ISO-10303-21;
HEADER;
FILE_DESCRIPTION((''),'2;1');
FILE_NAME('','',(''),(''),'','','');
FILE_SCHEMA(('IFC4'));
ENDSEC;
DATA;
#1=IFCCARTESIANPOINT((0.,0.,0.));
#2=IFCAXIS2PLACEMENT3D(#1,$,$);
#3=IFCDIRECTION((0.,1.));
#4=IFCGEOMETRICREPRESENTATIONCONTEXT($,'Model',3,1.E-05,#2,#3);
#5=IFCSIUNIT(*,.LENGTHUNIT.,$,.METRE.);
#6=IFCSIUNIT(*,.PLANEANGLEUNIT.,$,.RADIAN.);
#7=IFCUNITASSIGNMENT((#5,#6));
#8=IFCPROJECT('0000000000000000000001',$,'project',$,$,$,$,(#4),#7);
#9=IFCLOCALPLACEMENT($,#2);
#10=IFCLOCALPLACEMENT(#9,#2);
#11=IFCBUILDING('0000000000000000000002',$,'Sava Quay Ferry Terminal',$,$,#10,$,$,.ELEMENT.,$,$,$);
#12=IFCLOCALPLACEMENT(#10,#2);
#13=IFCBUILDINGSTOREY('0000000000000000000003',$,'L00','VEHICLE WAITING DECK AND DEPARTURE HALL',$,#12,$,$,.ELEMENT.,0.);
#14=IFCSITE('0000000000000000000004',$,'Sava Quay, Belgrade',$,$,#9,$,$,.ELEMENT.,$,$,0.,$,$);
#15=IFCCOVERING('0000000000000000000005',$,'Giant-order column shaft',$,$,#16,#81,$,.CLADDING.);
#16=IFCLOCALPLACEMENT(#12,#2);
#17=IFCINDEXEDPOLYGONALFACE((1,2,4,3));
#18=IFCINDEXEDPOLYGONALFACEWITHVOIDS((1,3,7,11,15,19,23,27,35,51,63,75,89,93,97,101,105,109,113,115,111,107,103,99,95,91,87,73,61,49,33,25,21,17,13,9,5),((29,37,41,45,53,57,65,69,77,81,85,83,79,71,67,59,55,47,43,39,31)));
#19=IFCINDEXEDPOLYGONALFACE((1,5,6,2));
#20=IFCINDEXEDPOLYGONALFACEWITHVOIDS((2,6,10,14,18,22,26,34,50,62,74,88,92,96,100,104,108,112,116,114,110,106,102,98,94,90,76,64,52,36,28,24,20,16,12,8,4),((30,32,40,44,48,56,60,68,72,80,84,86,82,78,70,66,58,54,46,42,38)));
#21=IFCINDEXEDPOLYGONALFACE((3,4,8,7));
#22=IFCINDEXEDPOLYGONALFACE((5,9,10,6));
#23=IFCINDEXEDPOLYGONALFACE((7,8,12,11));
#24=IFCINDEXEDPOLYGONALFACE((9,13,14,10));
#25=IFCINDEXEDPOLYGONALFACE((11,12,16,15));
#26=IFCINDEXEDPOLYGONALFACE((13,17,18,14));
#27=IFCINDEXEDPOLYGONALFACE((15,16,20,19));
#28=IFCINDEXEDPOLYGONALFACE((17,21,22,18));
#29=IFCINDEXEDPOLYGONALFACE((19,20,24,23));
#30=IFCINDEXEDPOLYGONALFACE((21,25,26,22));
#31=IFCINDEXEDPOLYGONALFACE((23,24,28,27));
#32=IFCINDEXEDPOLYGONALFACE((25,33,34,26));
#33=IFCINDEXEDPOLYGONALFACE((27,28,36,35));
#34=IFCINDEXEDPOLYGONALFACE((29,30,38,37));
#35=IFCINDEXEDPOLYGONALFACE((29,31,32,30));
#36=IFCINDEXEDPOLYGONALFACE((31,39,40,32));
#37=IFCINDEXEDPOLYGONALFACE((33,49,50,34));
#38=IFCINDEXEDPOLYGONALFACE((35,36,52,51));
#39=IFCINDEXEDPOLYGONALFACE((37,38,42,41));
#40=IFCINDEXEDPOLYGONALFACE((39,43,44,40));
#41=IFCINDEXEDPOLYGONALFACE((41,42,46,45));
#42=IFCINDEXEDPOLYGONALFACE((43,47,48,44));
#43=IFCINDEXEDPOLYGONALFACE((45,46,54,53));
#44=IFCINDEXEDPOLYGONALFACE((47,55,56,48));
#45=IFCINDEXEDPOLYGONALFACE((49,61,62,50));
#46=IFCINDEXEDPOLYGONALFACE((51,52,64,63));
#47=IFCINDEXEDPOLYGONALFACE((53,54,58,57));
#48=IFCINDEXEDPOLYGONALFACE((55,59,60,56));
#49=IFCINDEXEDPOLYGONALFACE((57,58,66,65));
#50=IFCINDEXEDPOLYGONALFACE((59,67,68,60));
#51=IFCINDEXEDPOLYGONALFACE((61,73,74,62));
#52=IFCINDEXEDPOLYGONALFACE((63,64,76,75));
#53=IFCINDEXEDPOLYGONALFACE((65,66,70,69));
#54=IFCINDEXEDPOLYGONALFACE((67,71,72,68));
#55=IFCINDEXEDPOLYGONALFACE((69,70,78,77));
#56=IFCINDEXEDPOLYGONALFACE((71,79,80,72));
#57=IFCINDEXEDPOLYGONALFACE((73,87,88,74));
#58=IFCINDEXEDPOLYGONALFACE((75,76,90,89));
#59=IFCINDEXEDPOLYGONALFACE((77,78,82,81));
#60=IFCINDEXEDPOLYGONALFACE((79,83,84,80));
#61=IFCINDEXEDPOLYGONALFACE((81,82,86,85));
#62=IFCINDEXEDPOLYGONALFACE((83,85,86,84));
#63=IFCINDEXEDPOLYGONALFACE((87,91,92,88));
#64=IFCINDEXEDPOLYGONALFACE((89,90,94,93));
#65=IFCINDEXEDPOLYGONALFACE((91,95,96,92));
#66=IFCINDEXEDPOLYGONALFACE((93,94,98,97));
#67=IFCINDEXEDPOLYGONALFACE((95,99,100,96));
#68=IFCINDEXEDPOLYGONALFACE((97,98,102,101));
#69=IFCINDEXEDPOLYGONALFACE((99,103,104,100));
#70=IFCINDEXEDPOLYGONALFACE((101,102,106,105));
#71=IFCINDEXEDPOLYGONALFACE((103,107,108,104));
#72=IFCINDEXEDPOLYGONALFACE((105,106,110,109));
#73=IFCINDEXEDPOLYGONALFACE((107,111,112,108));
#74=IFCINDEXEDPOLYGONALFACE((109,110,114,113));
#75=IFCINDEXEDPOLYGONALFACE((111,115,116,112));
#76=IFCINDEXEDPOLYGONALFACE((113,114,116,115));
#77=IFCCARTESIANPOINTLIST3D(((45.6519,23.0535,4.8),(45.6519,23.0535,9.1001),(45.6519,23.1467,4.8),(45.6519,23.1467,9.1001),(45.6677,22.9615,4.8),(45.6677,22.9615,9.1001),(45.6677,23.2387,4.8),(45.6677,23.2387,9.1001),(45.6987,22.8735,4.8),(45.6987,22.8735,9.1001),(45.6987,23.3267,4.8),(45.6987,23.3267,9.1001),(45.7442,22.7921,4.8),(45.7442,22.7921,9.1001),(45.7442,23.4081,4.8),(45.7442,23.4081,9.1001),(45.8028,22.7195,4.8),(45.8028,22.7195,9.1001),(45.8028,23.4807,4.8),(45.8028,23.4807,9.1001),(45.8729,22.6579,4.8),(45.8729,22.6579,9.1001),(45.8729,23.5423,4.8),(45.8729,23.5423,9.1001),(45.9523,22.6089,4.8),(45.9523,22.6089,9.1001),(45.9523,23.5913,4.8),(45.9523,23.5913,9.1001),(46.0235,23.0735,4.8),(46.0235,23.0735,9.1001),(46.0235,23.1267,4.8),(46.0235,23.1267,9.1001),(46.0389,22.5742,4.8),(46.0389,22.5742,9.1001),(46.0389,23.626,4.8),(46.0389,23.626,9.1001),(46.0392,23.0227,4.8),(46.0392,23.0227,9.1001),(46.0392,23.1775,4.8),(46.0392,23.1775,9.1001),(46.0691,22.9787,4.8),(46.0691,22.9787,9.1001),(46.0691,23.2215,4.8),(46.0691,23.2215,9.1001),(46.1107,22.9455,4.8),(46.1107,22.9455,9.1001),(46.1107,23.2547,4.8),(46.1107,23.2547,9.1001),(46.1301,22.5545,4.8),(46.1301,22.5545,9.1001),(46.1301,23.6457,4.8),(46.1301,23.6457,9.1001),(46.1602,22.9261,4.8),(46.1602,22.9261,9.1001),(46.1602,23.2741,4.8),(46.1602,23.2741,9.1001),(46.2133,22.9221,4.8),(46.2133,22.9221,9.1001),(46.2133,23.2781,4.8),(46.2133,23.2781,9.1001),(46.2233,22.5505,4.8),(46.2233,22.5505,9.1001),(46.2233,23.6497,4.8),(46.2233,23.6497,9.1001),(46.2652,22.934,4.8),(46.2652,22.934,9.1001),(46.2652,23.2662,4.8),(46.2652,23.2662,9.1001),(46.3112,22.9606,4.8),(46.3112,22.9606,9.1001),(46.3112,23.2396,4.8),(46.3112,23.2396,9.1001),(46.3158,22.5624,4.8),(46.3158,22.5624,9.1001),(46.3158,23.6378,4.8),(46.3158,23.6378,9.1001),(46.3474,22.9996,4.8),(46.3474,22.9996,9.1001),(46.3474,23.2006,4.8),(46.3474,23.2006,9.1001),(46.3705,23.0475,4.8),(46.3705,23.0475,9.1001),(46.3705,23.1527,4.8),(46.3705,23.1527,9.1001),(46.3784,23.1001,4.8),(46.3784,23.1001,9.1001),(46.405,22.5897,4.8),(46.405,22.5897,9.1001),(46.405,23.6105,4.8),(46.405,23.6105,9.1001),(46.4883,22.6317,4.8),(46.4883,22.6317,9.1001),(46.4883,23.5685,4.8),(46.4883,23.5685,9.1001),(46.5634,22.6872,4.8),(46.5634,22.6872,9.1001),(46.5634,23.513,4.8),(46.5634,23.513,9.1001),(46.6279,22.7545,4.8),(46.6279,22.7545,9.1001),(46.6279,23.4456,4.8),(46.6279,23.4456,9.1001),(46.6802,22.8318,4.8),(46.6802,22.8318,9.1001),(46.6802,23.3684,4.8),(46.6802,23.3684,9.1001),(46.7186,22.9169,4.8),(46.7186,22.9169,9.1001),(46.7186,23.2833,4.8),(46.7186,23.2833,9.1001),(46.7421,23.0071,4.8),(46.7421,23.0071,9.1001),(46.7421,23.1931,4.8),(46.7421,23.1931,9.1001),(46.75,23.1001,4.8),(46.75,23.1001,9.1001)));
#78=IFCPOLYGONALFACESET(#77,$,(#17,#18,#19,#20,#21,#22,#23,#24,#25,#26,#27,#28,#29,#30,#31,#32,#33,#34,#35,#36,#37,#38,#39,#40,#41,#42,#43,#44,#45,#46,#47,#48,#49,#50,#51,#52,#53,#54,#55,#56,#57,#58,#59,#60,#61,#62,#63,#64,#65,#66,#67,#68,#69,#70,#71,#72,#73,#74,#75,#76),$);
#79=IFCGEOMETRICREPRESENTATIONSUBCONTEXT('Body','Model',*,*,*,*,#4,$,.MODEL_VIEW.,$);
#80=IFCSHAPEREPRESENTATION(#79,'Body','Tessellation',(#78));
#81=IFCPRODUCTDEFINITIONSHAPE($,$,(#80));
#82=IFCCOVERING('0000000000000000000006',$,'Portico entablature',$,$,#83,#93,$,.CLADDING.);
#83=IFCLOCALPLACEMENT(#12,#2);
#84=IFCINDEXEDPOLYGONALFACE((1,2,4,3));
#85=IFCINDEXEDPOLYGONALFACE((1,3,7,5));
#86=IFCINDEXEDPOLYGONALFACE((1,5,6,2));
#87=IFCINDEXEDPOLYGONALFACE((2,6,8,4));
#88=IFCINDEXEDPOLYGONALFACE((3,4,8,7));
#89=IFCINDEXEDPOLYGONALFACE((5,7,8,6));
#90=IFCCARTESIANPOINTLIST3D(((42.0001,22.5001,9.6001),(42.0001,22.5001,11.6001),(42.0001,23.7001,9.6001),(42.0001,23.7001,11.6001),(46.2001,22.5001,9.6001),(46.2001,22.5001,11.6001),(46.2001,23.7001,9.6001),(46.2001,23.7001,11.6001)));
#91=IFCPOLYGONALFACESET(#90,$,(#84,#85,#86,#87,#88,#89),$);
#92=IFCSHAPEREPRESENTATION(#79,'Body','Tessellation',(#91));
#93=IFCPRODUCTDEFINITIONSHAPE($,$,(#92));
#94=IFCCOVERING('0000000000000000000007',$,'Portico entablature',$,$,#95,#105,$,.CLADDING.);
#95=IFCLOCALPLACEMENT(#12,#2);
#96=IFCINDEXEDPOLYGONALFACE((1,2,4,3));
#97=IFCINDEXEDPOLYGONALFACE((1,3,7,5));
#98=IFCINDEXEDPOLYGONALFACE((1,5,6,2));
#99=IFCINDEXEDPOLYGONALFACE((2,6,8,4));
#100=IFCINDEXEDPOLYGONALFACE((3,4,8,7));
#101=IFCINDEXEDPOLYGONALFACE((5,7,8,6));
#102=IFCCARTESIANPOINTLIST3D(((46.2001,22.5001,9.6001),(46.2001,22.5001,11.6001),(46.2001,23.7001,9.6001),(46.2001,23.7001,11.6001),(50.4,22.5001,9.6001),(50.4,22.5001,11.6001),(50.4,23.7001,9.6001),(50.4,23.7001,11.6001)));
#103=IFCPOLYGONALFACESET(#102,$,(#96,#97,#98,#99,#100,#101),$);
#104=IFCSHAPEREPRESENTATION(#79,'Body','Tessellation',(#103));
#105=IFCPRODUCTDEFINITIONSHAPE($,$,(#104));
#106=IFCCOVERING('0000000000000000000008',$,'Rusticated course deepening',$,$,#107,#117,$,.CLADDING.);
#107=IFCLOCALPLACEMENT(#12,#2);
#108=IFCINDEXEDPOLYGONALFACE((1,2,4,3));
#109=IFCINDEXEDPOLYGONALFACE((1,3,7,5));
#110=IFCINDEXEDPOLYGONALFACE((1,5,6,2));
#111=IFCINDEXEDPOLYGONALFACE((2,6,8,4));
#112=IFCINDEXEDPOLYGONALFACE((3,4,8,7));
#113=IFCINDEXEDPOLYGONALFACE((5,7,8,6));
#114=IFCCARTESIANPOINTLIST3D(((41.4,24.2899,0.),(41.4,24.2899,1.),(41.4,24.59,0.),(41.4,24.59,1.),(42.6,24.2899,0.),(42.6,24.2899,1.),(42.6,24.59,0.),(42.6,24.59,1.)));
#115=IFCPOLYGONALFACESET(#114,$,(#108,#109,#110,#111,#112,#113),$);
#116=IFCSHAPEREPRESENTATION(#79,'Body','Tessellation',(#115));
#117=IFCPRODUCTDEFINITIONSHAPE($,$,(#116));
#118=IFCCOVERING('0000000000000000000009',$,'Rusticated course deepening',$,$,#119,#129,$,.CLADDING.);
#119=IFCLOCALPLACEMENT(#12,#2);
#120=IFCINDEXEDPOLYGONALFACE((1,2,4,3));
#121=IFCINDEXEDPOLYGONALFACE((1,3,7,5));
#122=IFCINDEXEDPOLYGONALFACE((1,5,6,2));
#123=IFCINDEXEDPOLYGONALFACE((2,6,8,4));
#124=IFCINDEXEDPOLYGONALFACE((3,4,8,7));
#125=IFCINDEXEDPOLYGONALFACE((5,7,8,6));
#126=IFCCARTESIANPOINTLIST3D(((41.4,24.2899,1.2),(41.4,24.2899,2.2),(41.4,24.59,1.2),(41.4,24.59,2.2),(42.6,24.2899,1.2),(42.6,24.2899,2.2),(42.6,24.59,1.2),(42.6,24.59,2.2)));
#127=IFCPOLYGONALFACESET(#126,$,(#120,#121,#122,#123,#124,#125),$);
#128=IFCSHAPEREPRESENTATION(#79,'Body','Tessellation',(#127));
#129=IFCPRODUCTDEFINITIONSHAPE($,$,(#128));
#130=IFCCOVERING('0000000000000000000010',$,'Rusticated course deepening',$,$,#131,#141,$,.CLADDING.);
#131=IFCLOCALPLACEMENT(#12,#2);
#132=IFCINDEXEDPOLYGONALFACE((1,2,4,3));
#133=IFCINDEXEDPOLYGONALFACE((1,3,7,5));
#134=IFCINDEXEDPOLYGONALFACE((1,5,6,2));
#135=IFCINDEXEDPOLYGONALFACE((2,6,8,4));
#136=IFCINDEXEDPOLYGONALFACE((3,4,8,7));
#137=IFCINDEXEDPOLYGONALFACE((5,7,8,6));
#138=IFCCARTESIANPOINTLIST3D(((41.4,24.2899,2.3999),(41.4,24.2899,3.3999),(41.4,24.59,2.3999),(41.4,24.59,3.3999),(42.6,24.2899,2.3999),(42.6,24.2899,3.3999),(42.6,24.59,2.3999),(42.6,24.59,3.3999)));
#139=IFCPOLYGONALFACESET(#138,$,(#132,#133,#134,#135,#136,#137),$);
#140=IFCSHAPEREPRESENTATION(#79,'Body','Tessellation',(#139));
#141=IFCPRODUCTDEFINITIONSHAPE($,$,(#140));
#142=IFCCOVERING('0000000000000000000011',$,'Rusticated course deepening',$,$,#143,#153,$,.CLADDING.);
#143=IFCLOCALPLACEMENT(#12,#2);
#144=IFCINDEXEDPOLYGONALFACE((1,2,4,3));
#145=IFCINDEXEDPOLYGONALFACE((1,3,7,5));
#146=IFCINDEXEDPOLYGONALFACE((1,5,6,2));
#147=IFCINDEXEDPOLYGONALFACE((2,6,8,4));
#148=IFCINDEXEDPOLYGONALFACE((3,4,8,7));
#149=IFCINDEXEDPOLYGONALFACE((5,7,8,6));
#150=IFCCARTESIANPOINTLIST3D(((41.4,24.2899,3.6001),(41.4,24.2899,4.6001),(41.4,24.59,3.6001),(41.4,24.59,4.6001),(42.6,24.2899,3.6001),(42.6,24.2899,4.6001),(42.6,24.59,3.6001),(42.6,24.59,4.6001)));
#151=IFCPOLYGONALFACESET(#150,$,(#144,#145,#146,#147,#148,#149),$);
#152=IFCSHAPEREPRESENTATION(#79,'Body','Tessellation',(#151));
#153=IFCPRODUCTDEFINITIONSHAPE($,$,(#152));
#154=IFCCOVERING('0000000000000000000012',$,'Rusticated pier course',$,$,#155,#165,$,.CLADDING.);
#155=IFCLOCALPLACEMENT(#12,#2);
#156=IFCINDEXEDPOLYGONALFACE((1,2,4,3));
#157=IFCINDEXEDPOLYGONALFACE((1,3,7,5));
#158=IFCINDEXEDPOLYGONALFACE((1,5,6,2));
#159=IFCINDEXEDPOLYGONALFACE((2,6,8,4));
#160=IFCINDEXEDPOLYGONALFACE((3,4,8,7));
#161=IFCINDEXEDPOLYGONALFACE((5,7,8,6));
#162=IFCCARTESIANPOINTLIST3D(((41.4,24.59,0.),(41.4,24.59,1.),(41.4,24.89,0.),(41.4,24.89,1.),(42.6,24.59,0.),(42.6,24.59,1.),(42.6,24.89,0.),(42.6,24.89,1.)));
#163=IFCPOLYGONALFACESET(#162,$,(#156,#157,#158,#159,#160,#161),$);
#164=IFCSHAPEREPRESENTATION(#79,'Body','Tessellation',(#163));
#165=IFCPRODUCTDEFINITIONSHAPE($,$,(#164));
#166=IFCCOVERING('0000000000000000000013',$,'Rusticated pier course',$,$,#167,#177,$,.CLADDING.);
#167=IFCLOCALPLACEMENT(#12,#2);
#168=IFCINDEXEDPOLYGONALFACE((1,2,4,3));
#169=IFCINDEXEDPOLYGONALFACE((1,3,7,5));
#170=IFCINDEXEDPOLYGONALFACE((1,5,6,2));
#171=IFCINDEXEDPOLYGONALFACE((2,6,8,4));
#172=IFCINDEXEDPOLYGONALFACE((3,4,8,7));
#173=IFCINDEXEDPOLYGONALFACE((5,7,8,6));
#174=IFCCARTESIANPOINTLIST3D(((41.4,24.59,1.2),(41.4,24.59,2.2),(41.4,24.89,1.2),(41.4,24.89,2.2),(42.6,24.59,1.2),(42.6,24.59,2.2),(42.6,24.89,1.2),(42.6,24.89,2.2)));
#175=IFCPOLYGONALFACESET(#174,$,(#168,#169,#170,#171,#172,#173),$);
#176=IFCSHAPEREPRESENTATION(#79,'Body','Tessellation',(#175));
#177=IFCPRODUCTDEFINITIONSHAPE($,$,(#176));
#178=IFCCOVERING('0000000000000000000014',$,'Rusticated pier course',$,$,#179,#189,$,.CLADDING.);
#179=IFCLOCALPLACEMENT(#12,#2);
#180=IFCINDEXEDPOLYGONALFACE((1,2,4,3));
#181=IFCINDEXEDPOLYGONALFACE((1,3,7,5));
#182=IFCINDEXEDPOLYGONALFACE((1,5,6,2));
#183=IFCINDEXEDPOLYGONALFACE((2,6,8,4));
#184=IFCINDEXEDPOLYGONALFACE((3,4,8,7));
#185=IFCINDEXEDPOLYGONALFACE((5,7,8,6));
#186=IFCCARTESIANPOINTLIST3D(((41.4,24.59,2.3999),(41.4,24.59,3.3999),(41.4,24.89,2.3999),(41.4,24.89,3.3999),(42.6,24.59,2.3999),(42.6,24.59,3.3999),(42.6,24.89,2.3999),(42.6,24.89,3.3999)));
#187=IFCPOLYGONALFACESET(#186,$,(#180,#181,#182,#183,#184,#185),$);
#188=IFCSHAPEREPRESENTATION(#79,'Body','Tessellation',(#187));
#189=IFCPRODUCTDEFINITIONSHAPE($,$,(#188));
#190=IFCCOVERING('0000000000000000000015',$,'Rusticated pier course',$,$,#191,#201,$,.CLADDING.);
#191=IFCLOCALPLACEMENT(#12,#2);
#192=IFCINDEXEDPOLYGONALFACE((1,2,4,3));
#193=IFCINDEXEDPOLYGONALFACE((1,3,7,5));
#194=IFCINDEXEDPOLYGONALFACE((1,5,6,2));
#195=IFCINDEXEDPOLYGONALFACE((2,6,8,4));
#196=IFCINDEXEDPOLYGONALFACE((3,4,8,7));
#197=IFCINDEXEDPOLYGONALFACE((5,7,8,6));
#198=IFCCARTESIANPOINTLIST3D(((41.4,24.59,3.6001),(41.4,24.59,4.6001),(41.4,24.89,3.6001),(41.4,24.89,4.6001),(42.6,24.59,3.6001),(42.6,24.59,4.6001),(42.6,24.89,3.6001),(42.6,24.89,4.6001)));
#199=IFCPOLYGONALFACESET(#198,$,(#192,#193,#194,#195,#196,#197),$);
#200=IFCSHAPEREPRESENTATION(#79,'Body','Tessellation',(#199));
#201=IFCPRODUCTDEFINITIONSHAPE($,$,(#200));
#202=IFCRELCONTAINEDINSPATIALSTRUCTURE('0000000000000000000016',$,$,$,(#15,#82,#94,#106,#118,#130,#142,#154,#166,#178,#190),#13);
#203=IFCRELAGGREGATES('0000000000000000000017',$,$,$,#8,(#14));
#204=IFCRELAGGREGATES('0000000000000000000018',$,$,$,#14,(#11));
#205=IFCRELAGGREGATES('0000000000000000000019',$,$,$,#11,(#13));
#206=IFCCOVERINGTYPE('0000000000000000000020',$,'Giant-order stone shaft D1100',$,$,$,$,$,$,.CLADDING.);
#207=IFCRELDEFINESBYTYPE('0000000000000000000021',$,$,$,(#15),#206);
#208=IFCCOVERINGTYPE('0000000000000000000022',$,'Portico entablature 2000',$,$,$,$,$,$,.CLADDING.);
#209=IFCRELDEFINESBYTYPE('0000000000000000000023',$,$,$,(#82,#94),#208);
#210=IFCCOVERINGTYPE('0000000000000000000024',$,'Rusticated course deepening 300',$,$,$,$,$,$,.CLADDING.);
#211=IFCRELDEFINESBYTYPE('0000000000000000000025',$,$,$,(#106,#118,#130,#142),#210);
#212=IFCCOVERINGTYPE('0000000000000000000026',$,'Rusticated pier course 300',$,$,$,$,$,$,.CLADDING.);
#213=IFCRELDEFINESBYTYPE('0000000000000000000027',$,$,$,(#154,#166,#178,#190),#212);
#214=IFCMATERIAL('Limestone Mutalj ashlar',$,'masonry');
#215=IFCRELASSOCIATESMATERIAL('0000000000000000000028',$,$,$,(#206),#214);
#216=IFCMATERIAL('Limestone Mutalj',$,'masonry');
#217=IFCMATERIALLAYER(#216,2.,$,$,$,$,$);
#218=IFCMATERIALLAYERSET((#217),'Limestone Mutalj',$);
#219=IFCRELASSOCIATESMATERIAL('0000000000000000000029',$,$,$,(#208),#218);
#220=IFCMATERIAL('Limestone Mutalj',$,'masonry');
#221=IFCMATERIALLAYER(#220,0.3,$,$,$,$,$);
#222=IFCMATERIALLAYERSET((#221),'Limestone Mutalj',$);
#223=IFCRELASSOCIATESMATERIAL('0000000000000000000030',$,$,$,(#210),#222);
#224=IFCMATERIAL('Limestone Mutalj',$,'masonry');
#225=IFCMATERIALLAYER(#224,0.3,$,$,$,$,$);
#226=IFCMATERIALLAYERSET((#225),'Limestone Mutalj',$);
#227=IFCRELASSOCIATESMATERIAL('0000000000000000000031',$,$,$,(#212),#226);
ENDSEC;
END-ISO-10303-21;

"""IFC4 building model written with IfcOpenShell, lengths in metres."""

from ifc_helpers import new_model, si_unit, direction, frame, origin, origin_2d, place, context, subcontext, project, spatial, rectangle, hollow_circle, extrude, material, layer, layer_set, material_profile, profile_set, type_object, element, save


model = new_model("IFC4")

# Units and contexts
model_context = context("Model", 3, precision=1e-05, world=origin(), true_north=direction((0.0, 1.0)))
body_context = subcontext(model_context, "Body", "Model", "MODEL_VIEW")
ifc_project = project(units=[si_unit("LENGTHUNIT", "METRE"), si_unit("PLANEANGLEUNIT", "RADIAN")], contexts=[model_context])

# Site, building, storey
site_placement = place(None, origin())
site = spatial("IfcSite", under=ifc_project, at=site_placement, Name="Sava Quay, Belgrade", CompositionType="ELEMENT", RefElevation=0.0)
building_placement = place(site_placement, origin())
building = spatial("IfcBuilding", under=site, at=building_placement, Name="Sava Quay Ferry Terminal", CompositionType="ELEMENT")
storey_placement = place(building_placement, origin())
storey = spatial("IfcBuildingStorey", under=building, at=storey_placement, Name="L00", Description="VEHICLE WAITING DECK AND DEPARTURE HALL", CompositionType="ELEMENT", Elevation=0.0)

# Coverings
ifc_material_1 = material(Name="Limestone Mutalj ashlar", Category="masonry")
ifc_material_profile_1 = material_profile(ifc_material_1, hollow_circle(Radius=0.55, WallThickness=0.3716, at=origin_2d()), Name="Stone shaft D1100")
ifc_profile_set_1 = profile_set([ifc_material_profile_1], Name="Limestone Mutalj ashlar")
covering_type_1 = type_object("IfcCoveringType", Name="Giant-order stone shaft D1100", PredefinedType="CLADDING", material=ifc_profile_set_1)
covering_1_placement = place(storey_placement, frame((46.2, 23.1001, 4.8), z_axis=(0.0, 0.0, 1.0), x_axis=(1.0, 0.0, 0.0)))
element("IfcCovering", 1, at=covering_1_placement, inside=storey, type_object=covering_type_1, Name="Giant-order column shaft", PredefinedType="CLADDING", context=body_context, shape_type="SweptSolid", body=[
    extrude(hollow_circle(Radius=0.55, WallThickness=0.3716, at=origin_2d()), origin(), (0.0, 0.0, 1.0), 4.3),
])
ifc_material_2 = material(Name="Limestone Mutalj", Category="masonry")
ifc_layer_1 = layer(ifc_material_2, 2.0)
ifc_layer_set_1 = layer_set([ifc_layer_1], Name="Limestone Mutalj")
covering_type_2 = type_object("IfcCoveringType", Name="Portico entablature 2000", PredefinedType="CLADDING", material=ifc_layer_set_1)
for number, where, z_axis, x_axis, name in (
    (2, (44.1001, 23.1001, 9.6001), (0.0, 0.0, 1.0), (1.0, 0.0, 0.0), "Portico entablature"),
    (3, (48.3, 23.1001, 9.6001), (0.0, 0.0, 1.0), (1.0, 0.0, 0.0), "Portico entablature"),
):
    element("IfcCovering", number, at=place(storey_placement, frame(where, z_axis=z_axis, x_axis=x_axis)), inside=storey, type_object=covering_type_2, Name=name, PredefinedType="CLADDING", context=body_context, shape_type="SweptSolid", body=[
        extrude(rectangle(XDim=4.2, YDim=1.2, at=origin_2d()), origin(), (0.0, 0.0, 1.0), 2.0),
    ])
ifc_material_3 = material(Name="Limestone Mutalj", Category="masonry")
ifc_layer_2 = layer(ifc_material_3, 0.3)
ifc_layer_set_2 = layer_set([ifc_layer_2], Name="Limestone Mutalj")
covering_type_3 = type_object("IfcCoveringType", Name="Rusticated course deepening 300", PredefinedType="CLADDING", material=ifc_layer_set_2)
for number, where, z_axis, x_axis, name in (
    (4, (42.0, 24.4399, 0.0), (0.0, 0.0, 1.0), (1.0, 0.0, 0.0), "Rusticated course deepening"),
    (5, (42.0, 24.4399, 1.2), (0.0, 0.0, 1.0), (1.0, 0.0, 0.0), "Rusticated course deepening"),
    (6, (42.0, 24.4399, 2.3999), (0.0, 0.0, 1.0), (1.0, 0.0, 0.0), "Rusticated course deepening"),
    (7, (42.0, 24.4399, 3.6001), (0.0, 0.0, 1.0), (1.0, 0.0, 0.0), "Rusticated course deepening"),
):
    element("IfcCovering", number, at=place(storey_placement, frame(where, z_axis=z_axis, x_axis=x_axis)), inside=storey, type_object=covering_type_3, Name=name, PredefinedType="CLADDING", context=body_context, shape_type="SweptSolid", body=[
        extrude(rectangle(XDim=1.2, YDim=0.3, at=origin_2d()), origin(), (0.0, 0.0, 1.0), 1.0),
    ])
ifc_material_4 = material(Name="Limestone Mutalj", Category="masonry")
ifc_layer_3 = layer(ifc_material_4, 0.3)
ifc_layer_set_3 = layer_set([ifc_layer_3], Name="Limestone Mutalj")
covering_type_4 = type_object("IfcCoveringType", Name="Rusticated pier course 300", PredefinedType="CLADDING", material=ifc_layer_set_3)
for number, where, z_axis, x_axis, name in (
    (8, (42.0, 24.74, 0.0), (0.0, 0.0, 1.0), (1.0, 0.0, 0.0), "Rusticated pier course"),
    (9, (42.0, 24.74, 1.2), (0.0, 0.0, 1.0), (1.0, 0.0, 0.0), "Rusticated pier course"),
    (10, (42.0, 24.74, 2.3999), (0.0, 0.0, 1.0), (1.0, 0.0, 0.0), "Rusticated pier course"),
    (11, (42.0, 24.74, 3.6001), (0.0, 0.0, 1.0), (1.0, 0.0, 0.0), "Rusticated pier course"),
):
    element("IfcCovering", number, at=place(storey_placement, frame(where, z_axis=z_axis, x_axis=x_axis)), inside=storey, type_object=covering_type_4, Name=name, PredefinedType="CLADDING", context=body_context, shape_type="SweptSolid", body=[
        extrude(rectangle(XDim=1.2, YDim=0.3, at=origin_2d()), origin(), (0.0, 0.0, 1.0), 1.0),
    ])

save(model, "model.ifc")
